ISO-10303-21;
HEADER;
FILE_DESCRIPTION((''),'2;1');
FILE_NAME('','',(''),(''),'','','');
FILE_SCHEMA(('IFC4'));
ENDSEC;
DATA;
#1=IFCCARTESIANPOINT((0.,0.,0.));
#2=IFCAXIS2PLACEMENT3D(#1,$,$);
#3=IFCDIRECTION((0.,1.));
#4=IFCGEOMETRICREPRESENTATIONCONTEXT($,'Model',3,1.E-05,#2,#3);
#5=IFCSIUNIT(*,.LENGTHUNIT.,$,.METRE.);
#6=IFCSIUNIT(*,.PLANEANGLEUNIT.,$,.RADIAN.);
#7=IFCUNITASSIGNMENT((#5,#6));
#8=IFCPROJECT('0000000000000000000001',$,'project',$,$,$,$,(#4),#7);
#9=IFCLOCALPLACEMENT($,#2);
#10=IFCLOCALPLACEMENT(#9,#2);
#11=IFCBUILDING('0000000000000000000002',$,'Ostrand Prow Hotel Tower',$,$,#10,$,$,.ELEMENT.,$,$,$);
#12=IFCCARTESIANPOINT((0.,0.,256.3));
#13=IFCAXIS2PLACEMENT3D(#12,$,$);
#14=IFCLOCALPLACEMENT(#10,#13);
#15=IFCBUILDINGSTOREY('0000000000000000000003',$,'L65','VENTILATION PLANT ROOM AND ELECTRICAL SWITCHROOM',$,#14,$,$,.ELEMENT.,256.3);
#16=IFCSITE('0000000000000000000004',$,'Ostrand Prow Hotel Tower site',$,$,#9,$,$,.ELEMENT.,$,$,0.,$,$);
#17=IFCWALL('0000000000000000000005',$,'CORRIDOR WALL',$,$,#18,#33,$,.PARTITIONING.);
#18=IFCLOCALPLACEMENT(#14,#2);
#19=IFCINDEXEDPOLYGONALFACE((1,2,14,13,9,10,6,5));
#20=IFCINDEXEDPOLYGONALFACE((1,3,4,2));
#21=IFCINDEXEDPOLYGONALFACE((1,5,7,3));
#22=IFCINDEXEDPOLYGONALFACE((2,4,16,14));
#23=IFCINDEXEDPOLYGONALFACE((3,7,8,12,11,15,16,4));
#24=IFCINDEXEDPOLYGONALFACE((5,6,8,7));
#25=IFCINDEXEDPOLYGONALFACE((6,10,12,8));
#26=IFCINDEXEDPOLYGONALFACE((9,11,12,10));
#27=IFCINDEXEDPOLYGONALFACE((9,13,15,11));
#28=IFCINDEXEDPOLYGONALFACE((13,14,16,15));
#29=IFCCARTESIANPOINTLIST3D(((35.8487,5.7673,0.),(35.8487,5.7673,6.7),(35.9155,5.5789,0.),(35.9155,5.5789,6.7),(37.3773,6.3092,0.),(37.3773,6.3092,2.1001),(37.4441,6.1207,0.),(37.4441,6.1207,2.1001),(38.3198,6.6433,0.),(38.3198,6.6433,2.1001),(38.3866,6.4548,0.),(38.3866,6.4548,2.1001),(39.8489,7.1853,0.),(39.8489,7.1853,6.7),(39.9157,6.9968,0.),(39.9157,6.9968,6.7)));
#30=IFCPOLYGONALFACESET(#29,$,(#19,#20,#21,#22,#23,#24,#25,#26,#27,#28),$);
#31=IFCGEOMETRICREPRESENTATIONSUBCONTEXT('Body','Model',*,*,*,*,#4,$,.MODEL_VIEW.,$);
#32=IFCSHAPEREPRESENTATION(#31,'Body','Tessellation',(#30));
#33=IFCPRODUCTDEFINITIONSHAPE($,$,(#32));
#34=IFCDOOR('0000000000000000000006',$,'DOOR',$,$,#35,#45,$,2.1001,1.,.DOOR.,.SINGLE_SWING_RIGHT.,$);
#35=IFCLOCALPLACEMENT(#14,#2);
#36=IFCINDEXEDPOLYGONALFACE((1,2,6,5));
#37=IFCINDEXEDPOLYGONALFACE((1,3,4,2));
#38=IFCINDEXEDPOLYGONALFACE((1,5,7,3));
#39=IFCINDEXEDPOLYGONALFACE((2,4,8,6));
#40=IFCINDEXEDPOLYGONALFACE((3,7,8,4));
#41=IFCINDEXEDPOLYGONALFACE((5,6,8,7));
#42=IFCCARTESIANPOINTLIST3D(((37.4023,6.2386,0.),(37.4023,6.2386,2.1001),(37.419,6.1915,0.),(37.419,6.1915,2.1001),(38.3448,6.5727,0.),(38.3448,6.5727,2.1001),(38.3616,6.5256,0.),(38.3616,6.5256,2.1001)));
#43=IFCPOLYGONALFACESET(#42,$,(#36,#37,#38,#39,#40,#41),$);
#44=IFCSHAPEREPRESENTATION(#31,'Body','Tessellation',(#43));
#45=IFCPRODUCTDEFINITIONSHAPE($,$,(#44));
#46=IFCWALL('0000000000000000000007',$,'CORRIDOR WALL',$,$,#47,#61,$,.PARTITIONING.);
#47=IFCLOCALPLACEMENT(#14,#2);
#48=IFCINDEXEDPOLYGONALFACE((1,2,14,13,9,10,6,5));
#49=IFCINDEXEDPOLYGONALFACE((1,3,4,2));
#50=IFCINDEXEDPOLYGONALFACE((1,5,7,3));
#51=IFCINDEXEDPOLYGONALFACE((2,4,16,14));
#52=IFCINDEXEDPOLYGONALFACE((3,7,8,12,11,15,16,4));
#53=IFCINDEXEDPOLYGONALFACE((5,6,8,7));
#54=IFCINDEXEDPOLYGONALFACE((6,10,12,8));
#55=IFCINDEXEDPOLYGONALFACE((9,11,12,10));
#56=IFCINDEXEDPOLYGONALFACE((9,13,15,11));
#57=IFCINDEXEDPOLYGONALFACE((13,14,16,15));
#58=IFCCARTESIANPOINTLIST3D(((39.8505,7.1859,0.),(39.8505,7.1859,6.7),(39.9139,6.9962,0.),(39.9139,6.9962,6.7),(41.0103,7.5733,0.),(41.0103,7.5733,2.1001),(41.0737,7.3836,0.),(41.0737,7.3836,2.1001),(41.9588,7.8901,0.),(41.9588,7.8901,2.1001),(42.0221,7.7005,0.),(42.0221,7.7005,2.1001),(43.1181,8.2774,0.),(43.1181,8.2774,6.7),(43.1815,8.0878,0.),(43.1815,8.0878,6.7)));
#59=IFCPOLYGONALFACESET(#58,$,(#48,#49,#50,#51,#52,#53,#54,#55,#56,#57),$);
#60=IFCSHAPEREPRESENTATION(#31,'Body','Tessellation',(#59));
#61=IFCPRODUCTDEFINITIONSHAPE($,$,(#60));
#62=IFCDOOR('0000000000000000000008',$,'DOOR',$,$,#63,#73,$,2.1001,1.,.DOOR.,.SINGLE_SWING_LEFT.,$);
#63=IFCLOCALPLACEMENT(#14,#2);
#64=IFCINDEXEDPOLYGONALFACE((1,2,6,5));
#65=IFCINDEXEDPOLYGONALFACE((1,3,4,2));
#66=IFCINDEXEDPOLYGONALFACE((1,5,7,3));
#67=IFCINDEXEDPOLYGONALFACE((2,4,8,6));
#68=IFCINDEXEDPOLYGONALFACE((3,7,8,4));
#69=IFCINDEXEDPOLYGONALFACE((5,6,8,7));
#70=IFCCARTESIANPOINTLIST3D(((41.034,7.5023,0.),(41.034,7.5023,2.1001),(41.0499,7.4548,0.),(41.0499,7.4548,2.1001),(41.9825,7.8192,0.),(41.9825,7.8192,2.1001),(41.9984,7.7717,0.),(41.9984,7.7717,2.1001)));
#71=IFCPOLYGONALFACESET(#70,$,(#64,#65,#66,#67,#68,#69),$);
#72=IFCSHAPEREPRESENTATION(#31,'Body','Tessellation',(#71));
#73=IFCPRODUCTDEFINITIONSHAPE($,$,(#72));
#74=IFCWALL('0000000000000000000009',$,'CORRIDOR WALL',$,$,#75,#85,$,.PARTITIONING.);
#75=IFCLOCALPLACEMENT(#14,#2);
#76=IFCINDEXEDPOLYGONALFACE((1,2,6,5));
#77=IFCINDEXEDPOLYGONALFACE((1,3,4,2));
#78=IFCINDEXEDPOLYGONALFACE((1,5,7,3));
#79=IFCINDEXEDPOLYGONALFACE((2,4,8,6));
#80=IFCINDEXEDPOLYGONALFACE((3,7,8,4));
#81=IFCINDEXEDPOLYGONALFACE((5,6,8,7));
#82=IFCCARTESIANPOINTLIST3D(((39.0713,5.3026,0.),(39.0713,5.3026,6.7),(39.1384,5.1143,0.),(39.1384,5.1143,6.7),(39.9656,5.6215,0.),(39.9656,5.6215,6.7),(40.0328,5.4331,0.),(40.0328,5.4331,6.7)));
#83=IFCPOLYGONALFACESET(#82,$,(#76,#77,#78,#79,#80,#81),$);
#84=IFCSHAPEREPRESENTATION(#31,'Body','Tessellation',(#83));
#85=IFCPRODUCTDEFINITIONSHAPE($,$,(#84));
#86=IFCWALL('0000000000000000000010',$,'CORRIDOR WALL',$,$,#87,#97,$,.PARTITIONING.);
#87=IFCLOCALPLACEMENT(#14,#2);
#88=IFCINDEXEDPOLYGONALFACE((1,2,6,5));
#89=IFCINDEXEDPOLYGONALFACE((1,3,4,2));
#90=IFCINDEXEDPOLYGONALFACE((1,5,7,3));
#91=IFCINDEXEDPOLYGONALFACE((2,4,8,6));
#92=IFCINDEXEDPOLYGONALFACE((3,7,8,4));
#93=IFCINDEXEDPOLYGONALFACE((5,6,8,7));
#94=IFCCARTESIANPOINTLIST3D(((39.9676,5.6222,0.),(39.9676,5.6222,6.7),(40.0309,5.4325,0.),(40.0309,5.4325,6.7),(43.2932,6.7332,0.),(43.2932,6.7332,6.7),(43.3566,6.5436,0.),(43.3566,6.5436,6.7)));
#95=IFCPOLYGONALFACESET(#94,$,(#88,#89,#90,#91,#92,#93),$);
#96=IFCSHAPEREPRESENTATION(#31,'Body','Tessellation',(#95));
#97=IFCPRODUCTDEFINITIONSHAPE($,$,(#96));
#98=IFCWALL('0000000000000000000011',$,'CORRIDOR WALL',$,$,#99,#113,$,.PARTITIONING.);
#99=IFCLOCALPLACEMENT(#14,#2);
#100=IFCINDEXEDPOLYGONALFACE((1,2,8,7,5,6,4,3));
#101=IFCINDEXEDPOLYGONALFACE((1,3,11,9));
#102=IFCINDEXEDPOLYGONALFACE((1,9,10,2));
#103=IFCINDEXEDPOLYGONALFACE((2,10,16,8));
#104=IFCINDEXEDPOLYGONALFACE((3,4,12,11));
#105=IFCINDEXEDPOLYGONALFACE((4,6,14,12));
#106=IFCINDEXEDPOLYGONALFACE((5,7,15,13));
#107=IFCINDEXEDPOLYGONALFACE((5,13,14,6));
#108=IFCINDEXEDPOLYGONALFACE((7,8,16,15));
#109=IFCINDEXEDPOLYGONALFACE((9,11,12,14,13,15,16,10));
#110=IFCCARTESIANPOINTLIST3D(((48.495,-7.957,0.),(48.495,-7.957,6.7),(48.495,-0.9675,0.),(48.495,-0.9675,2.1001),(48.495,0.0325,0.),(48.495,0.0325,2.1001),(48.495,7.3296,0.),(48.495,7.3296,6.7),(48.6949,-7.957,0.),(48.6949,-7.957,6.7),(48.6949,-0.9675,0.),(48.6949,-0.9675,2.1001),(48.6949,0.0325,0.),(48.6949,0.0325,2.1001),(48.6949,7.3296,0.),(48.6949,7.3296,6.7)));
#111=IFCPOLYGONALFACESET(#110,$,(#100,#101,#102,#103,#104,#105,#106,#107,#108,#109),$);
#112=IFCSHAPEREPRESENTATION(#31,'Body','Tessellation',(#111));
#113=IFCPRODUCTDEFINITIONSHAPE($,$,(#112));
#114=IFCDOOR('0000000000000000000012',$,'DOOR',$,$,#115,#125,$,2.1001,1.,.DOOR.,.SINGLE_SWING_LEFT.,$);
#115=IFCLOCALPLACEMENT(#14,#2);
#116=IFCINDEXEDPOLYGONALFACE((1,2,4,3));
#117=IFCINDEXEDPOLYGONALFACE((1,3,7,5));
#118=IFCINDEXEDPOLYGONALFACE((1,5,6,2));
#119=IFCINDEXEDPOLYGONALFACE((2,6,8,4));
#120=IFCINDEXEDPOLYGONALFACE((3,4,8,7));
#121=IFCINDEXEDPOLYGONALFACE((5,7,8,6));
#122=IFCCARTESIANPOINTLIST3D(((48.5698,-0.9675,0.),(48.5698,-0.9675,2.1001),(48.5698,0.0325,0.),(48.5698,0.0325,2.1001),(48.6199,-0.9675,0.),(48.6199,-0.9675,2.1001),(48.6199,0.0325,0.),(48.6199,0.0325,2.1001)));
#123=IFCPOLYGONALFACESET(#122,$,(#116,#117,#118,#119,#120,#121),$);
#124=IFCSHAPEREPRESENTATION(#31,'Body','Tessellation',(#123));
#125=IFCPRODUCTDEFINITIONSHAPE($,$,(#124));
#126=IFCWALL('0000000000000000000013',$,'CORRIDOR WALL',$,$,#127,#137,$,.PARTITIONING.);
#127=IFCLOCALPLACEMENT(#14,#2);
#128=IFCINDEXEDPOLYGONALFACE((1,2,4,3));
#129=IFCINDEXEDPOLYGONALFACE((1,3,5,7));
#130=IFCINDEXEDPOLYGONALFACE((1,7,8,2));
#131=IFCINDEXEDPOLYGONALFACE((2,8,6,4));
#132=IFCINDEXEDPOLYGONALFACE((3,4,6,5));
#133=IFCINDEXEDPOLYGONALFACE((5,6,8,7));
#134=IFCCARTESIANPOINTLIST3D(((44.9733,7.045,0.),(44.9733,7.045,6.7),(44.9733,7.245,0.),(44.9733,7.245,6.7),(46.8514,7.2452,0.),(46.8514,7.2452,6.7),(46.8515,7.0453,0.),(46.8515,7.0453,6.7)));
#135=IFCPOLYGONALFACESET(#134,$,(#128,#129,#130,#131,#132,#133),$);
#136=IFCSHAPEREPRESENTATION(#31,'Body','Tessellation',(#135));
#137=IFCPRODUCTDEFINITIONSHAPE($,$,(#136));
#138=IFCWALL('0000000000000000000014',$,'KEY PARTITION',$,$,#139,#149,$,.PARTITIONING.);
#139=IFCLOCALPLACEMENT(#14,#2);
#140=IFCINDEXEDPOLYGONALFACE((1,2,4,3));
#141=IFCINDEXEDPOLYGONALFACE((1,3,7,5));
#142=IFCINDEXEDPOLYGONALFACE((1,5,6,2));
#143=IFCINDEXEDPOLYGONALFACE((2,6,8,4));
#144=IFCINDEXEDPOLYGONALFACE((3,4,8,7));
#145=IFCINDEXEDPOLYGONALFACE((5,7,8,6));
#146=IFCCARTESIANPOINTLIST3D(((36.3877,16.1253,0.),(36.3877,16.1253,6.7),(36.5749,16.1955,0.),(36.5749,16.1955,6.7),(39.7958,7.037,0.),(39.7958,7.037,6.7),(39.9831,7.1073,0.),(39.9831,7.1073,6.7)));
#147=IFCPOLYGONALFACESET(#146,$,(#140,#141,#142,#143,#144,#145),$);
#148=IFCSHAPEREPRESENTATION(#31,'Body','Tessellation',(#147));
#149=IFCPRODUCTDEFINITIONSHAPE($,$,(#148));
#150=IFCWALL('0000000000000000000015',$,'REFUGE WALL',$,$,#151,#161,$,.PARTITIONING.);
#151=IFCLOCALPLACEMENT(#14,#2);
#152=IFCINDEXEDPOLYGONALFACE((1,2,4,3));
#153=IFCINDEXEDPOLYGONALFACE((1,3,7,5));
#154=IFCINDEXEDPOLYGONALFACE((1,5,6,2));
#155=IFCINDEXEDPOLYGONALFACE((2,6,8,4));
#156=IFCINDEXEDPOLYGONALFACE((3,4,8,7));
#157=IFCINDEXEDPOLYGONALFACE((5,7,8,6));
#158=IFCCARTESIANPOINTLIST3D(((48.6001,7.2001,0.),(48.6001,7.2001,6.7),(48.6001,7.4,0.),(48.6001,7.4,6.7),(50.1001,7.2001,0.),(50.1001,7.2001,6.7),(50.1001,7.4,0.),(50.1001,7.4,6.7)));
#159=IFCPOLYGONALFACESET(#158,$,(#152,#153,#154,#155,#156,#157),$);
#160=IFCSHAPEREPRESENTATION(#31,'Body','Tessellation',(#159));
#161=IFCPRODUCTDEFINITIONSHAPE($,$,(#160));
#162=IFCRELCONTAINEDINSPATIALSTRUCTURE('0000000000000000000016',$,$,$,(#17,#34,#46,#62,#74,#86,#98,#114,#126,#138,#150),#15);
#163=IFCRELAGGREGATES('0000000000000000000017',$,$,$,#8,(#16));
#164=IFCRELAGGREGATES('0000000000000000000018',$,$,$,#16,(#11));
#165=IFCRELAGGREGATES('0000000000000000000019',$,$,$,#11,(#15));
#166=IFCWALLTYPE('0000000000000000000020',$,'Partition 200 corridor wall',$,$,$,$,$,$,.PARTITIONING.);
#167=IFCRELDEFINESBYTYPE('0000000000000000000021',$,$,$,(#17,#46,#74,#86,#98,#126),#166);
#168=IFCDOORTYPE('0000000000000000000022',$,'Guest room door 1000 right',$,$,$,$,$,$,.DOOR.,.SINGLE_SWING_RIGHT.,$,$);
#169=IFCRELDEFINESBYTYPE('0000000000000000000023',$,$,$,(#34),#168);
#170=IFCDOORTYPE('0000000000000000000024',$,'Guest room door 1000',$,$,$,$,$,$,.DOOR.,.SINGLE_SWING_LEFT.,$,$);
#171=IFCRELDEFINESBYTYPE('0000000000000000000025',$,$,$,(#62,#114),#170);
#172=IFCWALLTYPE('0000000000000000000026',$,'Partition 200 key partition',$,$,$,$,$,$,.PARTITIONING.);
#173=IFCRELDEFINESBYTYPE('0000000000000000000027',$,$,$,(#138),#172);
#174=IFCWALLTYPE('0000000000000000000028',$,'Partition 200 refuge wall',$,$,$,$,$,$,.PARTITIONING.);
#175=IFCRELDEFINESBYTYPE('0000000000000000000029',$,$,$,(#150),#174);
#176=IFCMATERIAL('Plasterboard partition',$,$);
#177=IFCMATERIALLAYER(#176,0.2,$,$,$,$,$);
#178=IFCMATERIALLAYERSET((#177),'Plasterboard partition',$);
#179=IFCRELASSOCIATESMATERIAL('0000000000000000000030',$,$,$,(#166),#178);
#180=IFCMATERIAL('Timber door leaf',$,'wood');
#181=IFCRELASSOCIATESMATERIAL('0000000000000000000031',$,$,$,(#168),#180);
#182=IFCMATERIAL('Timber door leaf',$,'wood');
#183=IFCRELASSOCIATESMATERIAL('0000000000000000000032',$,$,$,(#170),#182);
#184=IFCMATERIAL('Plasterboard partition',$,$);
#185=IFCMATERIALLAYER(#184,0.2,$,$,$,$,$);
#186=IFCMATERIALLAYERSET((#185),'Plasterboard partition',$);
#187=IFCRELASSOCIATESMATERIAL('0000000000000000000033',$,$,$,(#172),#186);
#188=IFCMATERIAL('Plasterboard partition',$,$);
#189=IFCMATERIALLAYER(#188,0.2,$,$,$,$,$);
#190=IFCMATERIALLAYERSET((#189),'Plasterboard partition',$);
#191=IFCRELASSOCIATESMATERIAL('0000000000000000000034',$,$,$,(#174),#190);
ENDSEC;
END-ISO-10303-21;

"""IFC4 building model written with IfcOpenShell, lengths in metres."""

from ifc_helpers import new_model, si_unit, direction, frame, frame_2d, origin, place, context, subcontext, project, spatial, rectangle, extrude, material, layer, layer_set, type_object, element, fill, save


model = new_model("IFC4")

# Units and contexts
model_context = context("Model", 3, precision=1e-05, world=origin(), true_north=direction((0.0, 1.0)))
body_context = subcontext(model_context, "Body", "Model", "MODEL_VIEW")
ifc_project = project(units=[si_unit("LENGTHUNIT", "METRE"), si_unit("PLANEANGLEUNIT", "RADIAN")], contexts=[model_context])

# Site, building, storey
site_placement = place(None, origin())
site = spatial("IfcSite", under=ifc_project, at=site_placement, Name="Ostrand Prow Hotel Tower site", CompositionType="ELEMENT", RefElevation=0.0)
building_placement = place(site_placement, origin())
building = spatial("IfcBuilding", under=site, at=building_placement, Name="Ostrand Prow Hotel Tower", CompositionType="ELEMENT")
storey_placement = place(building_placement, frame((0.0, 0.0, 256.3)))
storey = spatial("IfcBuildingStorey", under=building, at=storey_placement, Name="L65", Description="VENTILATION PLANT ROOM AND ELECTRICAL SWITCHROOM", CompositionType="ELEMENT", Elevation=256.3)

# Walls, openings, doors
ifc_material_1 = material(Name="Plasterboard partition")
ifc_layer_1 = layer(ifc_material_1, 0.2)
ifc_layer_set_1 = layer_set([ifc_layer_1], Name="Plasterboard partition")
wall_type_1 = type_object("IfcWallType", Name="Partition 200 corridor wall", PredefinedType="PARTITIONING", material=ifc_layer_set_1)
wall_1_placement = place(storey_placement, frame((39.8823, 7.0911, 0.0), z_axis=(0.0, 0.0, 1.0), x_axis=(-0.942537, -0.334102, 0.0)))
wall_1 = element("IfcWall", 1, at=wall_1_placement, inside=storey, type_object=wall_type_1, Name="CORRIDOR WALL", PredefinedType="PARTITIONING", context=body_context, shape_type="SweptSolid", body=[
    extrude(rectangle(XDim=4.2441, YDim=0.2, at=frame_2d((2.1221, 0.0))), origin(), (0.0, 0.0, 1.0), 6.7),
])
opening_1_placement = place(wall_1_placement, frame((1.6223, 0.0, 0.0)))
opening_1 = element("IfcOpeningElement", 2, at=opening_1_placement, cuts=wall_1, PredefinedType="OPENING", context=body_context, shape_type="SweptSolid", body=[
    extrude(rectangle(XDim=1.0, YDim=2.1001, at=frame_2d((0.5, 1.05))), frame((0.0, 0.1099, 0.0), z_axis=(0.0, -1.0, 0.0), x_axis=(1.0, 0.0, 0.0)), (0.0, 0.0, 1.0), 0.22),
])
ifc_material_2 = material(Name="Timber door leaf", Category="wood")
door_type_1 = type_object("IfcDoorType", Name="Guest room door 1000 right", OperationType="SINGLE_SWING_RIGHT", PredefinedType="DOOR", material=ifc_material_2)
door_1_placement = place(opening_1_placement, origin())
door_1 = element("IfcDoor", 3, at=door_1_placement, inside=storey, type_object=door_type_1, Name="DOOR", OperationType="SINGLE_SWING_RIGHT", OverallHeight=2.1001, OverallWidth=1.0, PredefinedType="DOOR", context=body_context, shape_type="SweptSolid", body=[
    extrude(rectangle(XDim=1.0, YDim=2.1001, at=frame_2d((0.5, 1.05))), frame((0.0, 0.0249, 0.0), z_axis=(0.0, -1.0, 0.0), x_axis=(1.0, 0.0, 0.0)), (0.0, 0.0, 1.0), 0.05),
])
fill(opening_1, door_1)
wall_2_placement = place(storey_placement, frame((43.1499, 8.1826, 0.0), z_axis=(0.0, 0.0, 1.0), x_axis=(-0.948478, -0.316844, 0.0)))
wall_2 = element("IfcWall", 4, at=wall_2_placement, inside=storey, type_object=wall_type_1, Name="CORRIDOR WALL", PredefinedType="PARTITIONING", context=body_context, shape_type="SweptSolid", body=[
    extrude(rectangle(XDim=3.4451, YDim=0.2, at=frame_2d((1.7227, 0.0))), origin(), (0.0, 0.0, 1.0), 6.7),
])
opening_2_placement = place(wall_2_placement, frame((1.2224, 0.0, 0.0)))
opening_2 = element("IfcOpeningElement", 5, at=opening_2_placement, cuts=wall_2, PredefinedType="OPENING", context=body_context, shape_type="SweptSolid", body=[
    extrude(rectangle(XDim=1.0, YDim=2.1001, at=frame_2d((0.5, 1.05))), frame((0.0, 0.1099, 0.0), z_axis=(0.0, -1.0, 0.0), x_axis=(1.0, 0.0, 0.0)), (0.0, 0.0, 1.0), 0.22),
])
ifc_material_3 = material(Name="Timber door leaf", Category="wood")
door_type_2 = type_object("IfcDoorType", Name="Guest room door 1000", OperationType="SINGLE_SWING_LEFT", PredefinedType="DOOR", material=ifc_material_3)
door_2_placement = place(opening_2_placement, origin())
door_2 = element("IfcDoor", 6, at=door_2_placement, inside=storey, type_object=door_type_2, Name="DOOR", OperationType="SINGLE_SWING_LEFT", OverallHeight=2.1001, OverallWidth=1.0, PredefinedType="DOOR", context=body_context, shape_type="SweptSolid", body=[
    extrude(rectangle(XDim=1.0, YDim=2.1001, at=frame_2d((0.5, 1.05))), frame((0.0, 0.0249, 0.0), z_axis=(0.0, -1.0, 0.0), x_axis=(1.0, 0.0, 0.0)), (0.0, 0.0, 1.0), 0.05),
])
fill(opening_2, door_2)

# Walls
wall_3_placement = place(storey_placement, frame((39.105, 5.2085, 0.0), z_axis=(0.0, 0.0, 1.0), x_axis=(0.941922, 0.335831, 0.0)))
element("IfcWall", 7, at=wall_3_placement, inside=storey, type_object=wall_type_1, Name="CORRIDOR WALL", PredefinedType="PARTITIONING", context=body_context, shape_type="SweptSolid", body=[
    extrude(rectangle(XDim=0.9495, YDim=0.2, at=frame_2d((0.4746, 0.0))), origin(), (0.0, 0.0, 1.0), 6.7),
])
wall_4_placement = place(storey_placement, frame((39.9993, 5.5273, 0.0), z_axis=(0.0, 0.0, 1.0), x_axis=(0.948467, 0.316875, 0.0)))
element("IfcWall", 8, at=wall_4_placement, inside=storey, type_object=wall_type_1, Name="CORRIDOR WALL", PredefinedType="PARTITIONING", context=body_context, shape_type="SweptSolid", body=[
    extrude(rectangle(XDim=3.5063, YDim=0.2, at=frame_2d((1.7532, 0.0))), origin(), (0.0, 0.0, 1.0), 6.7),
])

# Wall, opening, door
wall_5_placement = place(storey_placement, frame((48.595, 7.3296, 0.0), z_axis=(0.0, 0.0, 1.0), x_axis=(0.0, -1.0, 0.0)))
wall_5 = element("IfcWall", 9, at=wall_5_placement, inside=storey, type_object=wall_type_1, Name="CORRIDOR WALL", PredefinedType="PARTITIONING", context=body_context, shape_type="SweptSolid", body=[
    extrude(rectangle(XDim=15.2866, YDim=0.2, at=frame_2d((7.6433, 0.0))), origin(), (0.0, 0.0, 1.0), 6.7),
])
opening_3_placement = place(wall_5_placement, frame((7.2971, 0.0, 0.0)))
opening_3 = element("IfcOpeningElement", 10, at=opening_3_placement, cuts=wall_5, PredefinedType="OPENING", context=body_context, shape_type="SweptSolid", body=[
    extrude(rectangle(XDim=1.0, YDim=2.1001, at=frame_2d((0.5, 1.05))), frame((0.0, 0.1099, 0.0), z_axis=(0.0, -1.0, 0.0), x_axis=(1.0, 0.0, 0.0)), (0.0, 0.0, 1.0), 0.22),
])
door_3_placement = place(opening_3_placement, origin())
door_3 = element("IfcDoor", 11, at=door_3_placement, inside=storey, type_object=door_type_2, Name="DOOR", OperationType="SINGLE_SWING_LEFT", OverallHeight=2.1001, OverallWidth=1.0, PredefinedType="DOOR", context=body_context, shape_type="SweptSolid", body=[
    extrude(rectangle(XDim=1.0, YDim=2.1001, at=frame_2d((0.5, 1.05))), frame((0.0, 0.0249, 0.0), z_axis=(0.0, -1.0, 0.0), x_axis=(1.0, 0.0, 0.0)), (0.0, 0.0, 1.0), 0.05),
])
fill(opening_3, door_3)

# Walls
wall_6_placement = place(storey_placement, frame((44.9734, 7.145, 0.0), z_axis=(0.0, 0.0, 1.0), x_axis=(1.0, 0.00013, 0.0)))
element("IfcWall", 12, at=wall_6_placement, inside=storey, type_object=wall_type_1, Name="CORRIDOR WALL", PredefinedType="PARTITIONING", context=body_context, shape_type="SweptSolid", body=[
    extrude(rectangle(XDim=1.8782, YDim=0.2, at=frame_2d((0.939, 0.0))), origin(), (0.0, 0.0, 1.0), 6.7),
])
ifc_material_4 = material(Name="Plasterboard partition")
ifc_layer_2 = layer(ifc_material_4, 0.2)
ifc_layer_set_2 = layer_set([ifc_layer_2], Name="Plasterboard partition")
wall_type_2 = type_object("IfcWallType", Name="Partition 200 key partition", PredefinedType="PARTITIONING", material=ifc_layer_set_2)
wall_7_placement = place(storey_placement, frame((39.8894, 7.0723, 0.0), z_axis=(0.0, 0.0, 1.0), x_axis=(-0.351129, 0.936327, 0.0)))
element("IfcWall", 13, at=wall_7_placement, inside=storey, type_object=wall_type_2, Name="KEY PARTITION", PredefinedType="PARTITIONING", context=body_context, shape_type="SweptSolid", body=[
    extrude(rectangle(XDim=9.7063, YDim=0.2, at=frame_2d((4.853, 0.0))), origin(), (0.0, 0.0, 1.0), 6.7),
])
ifc_material_5 = material(Name="Plasterboard partition")
ifc_layer_3 = layer(ifc_material_5, 0.2)
ifc_layer_set_3 = layer_set([ifc_layer_3], Name="Plasterboard partition")
wall_type_3 = type_object("IfcWallType", Name="Partition 200 refuge wall", PredefinedType="PARTITIONING", material=ifc_layer_set_3)
wall_8_placement = place(storey_placement, frame((48.6001, 7.3, 0.0), z_axis=(0.0, 0.0, 1.0), x_axis=(1.0, 0.0, 0.0)))
element("IfcWall", 14, at=wall_8_placement, inside=storey, type_object=wall_type_3, Name="REFUGE WALL", PredefinedType="PARTITIONING", context=body_context, shape_type="SweptSolid", body=[
    extrude(rectangle(XDim=1.5, YDim=0.2, at=frame_2d((0.75, 0.0))), origin(), (0.0, 0.0, 1.0), 6.7),
])

save(model, "model.ifc")
